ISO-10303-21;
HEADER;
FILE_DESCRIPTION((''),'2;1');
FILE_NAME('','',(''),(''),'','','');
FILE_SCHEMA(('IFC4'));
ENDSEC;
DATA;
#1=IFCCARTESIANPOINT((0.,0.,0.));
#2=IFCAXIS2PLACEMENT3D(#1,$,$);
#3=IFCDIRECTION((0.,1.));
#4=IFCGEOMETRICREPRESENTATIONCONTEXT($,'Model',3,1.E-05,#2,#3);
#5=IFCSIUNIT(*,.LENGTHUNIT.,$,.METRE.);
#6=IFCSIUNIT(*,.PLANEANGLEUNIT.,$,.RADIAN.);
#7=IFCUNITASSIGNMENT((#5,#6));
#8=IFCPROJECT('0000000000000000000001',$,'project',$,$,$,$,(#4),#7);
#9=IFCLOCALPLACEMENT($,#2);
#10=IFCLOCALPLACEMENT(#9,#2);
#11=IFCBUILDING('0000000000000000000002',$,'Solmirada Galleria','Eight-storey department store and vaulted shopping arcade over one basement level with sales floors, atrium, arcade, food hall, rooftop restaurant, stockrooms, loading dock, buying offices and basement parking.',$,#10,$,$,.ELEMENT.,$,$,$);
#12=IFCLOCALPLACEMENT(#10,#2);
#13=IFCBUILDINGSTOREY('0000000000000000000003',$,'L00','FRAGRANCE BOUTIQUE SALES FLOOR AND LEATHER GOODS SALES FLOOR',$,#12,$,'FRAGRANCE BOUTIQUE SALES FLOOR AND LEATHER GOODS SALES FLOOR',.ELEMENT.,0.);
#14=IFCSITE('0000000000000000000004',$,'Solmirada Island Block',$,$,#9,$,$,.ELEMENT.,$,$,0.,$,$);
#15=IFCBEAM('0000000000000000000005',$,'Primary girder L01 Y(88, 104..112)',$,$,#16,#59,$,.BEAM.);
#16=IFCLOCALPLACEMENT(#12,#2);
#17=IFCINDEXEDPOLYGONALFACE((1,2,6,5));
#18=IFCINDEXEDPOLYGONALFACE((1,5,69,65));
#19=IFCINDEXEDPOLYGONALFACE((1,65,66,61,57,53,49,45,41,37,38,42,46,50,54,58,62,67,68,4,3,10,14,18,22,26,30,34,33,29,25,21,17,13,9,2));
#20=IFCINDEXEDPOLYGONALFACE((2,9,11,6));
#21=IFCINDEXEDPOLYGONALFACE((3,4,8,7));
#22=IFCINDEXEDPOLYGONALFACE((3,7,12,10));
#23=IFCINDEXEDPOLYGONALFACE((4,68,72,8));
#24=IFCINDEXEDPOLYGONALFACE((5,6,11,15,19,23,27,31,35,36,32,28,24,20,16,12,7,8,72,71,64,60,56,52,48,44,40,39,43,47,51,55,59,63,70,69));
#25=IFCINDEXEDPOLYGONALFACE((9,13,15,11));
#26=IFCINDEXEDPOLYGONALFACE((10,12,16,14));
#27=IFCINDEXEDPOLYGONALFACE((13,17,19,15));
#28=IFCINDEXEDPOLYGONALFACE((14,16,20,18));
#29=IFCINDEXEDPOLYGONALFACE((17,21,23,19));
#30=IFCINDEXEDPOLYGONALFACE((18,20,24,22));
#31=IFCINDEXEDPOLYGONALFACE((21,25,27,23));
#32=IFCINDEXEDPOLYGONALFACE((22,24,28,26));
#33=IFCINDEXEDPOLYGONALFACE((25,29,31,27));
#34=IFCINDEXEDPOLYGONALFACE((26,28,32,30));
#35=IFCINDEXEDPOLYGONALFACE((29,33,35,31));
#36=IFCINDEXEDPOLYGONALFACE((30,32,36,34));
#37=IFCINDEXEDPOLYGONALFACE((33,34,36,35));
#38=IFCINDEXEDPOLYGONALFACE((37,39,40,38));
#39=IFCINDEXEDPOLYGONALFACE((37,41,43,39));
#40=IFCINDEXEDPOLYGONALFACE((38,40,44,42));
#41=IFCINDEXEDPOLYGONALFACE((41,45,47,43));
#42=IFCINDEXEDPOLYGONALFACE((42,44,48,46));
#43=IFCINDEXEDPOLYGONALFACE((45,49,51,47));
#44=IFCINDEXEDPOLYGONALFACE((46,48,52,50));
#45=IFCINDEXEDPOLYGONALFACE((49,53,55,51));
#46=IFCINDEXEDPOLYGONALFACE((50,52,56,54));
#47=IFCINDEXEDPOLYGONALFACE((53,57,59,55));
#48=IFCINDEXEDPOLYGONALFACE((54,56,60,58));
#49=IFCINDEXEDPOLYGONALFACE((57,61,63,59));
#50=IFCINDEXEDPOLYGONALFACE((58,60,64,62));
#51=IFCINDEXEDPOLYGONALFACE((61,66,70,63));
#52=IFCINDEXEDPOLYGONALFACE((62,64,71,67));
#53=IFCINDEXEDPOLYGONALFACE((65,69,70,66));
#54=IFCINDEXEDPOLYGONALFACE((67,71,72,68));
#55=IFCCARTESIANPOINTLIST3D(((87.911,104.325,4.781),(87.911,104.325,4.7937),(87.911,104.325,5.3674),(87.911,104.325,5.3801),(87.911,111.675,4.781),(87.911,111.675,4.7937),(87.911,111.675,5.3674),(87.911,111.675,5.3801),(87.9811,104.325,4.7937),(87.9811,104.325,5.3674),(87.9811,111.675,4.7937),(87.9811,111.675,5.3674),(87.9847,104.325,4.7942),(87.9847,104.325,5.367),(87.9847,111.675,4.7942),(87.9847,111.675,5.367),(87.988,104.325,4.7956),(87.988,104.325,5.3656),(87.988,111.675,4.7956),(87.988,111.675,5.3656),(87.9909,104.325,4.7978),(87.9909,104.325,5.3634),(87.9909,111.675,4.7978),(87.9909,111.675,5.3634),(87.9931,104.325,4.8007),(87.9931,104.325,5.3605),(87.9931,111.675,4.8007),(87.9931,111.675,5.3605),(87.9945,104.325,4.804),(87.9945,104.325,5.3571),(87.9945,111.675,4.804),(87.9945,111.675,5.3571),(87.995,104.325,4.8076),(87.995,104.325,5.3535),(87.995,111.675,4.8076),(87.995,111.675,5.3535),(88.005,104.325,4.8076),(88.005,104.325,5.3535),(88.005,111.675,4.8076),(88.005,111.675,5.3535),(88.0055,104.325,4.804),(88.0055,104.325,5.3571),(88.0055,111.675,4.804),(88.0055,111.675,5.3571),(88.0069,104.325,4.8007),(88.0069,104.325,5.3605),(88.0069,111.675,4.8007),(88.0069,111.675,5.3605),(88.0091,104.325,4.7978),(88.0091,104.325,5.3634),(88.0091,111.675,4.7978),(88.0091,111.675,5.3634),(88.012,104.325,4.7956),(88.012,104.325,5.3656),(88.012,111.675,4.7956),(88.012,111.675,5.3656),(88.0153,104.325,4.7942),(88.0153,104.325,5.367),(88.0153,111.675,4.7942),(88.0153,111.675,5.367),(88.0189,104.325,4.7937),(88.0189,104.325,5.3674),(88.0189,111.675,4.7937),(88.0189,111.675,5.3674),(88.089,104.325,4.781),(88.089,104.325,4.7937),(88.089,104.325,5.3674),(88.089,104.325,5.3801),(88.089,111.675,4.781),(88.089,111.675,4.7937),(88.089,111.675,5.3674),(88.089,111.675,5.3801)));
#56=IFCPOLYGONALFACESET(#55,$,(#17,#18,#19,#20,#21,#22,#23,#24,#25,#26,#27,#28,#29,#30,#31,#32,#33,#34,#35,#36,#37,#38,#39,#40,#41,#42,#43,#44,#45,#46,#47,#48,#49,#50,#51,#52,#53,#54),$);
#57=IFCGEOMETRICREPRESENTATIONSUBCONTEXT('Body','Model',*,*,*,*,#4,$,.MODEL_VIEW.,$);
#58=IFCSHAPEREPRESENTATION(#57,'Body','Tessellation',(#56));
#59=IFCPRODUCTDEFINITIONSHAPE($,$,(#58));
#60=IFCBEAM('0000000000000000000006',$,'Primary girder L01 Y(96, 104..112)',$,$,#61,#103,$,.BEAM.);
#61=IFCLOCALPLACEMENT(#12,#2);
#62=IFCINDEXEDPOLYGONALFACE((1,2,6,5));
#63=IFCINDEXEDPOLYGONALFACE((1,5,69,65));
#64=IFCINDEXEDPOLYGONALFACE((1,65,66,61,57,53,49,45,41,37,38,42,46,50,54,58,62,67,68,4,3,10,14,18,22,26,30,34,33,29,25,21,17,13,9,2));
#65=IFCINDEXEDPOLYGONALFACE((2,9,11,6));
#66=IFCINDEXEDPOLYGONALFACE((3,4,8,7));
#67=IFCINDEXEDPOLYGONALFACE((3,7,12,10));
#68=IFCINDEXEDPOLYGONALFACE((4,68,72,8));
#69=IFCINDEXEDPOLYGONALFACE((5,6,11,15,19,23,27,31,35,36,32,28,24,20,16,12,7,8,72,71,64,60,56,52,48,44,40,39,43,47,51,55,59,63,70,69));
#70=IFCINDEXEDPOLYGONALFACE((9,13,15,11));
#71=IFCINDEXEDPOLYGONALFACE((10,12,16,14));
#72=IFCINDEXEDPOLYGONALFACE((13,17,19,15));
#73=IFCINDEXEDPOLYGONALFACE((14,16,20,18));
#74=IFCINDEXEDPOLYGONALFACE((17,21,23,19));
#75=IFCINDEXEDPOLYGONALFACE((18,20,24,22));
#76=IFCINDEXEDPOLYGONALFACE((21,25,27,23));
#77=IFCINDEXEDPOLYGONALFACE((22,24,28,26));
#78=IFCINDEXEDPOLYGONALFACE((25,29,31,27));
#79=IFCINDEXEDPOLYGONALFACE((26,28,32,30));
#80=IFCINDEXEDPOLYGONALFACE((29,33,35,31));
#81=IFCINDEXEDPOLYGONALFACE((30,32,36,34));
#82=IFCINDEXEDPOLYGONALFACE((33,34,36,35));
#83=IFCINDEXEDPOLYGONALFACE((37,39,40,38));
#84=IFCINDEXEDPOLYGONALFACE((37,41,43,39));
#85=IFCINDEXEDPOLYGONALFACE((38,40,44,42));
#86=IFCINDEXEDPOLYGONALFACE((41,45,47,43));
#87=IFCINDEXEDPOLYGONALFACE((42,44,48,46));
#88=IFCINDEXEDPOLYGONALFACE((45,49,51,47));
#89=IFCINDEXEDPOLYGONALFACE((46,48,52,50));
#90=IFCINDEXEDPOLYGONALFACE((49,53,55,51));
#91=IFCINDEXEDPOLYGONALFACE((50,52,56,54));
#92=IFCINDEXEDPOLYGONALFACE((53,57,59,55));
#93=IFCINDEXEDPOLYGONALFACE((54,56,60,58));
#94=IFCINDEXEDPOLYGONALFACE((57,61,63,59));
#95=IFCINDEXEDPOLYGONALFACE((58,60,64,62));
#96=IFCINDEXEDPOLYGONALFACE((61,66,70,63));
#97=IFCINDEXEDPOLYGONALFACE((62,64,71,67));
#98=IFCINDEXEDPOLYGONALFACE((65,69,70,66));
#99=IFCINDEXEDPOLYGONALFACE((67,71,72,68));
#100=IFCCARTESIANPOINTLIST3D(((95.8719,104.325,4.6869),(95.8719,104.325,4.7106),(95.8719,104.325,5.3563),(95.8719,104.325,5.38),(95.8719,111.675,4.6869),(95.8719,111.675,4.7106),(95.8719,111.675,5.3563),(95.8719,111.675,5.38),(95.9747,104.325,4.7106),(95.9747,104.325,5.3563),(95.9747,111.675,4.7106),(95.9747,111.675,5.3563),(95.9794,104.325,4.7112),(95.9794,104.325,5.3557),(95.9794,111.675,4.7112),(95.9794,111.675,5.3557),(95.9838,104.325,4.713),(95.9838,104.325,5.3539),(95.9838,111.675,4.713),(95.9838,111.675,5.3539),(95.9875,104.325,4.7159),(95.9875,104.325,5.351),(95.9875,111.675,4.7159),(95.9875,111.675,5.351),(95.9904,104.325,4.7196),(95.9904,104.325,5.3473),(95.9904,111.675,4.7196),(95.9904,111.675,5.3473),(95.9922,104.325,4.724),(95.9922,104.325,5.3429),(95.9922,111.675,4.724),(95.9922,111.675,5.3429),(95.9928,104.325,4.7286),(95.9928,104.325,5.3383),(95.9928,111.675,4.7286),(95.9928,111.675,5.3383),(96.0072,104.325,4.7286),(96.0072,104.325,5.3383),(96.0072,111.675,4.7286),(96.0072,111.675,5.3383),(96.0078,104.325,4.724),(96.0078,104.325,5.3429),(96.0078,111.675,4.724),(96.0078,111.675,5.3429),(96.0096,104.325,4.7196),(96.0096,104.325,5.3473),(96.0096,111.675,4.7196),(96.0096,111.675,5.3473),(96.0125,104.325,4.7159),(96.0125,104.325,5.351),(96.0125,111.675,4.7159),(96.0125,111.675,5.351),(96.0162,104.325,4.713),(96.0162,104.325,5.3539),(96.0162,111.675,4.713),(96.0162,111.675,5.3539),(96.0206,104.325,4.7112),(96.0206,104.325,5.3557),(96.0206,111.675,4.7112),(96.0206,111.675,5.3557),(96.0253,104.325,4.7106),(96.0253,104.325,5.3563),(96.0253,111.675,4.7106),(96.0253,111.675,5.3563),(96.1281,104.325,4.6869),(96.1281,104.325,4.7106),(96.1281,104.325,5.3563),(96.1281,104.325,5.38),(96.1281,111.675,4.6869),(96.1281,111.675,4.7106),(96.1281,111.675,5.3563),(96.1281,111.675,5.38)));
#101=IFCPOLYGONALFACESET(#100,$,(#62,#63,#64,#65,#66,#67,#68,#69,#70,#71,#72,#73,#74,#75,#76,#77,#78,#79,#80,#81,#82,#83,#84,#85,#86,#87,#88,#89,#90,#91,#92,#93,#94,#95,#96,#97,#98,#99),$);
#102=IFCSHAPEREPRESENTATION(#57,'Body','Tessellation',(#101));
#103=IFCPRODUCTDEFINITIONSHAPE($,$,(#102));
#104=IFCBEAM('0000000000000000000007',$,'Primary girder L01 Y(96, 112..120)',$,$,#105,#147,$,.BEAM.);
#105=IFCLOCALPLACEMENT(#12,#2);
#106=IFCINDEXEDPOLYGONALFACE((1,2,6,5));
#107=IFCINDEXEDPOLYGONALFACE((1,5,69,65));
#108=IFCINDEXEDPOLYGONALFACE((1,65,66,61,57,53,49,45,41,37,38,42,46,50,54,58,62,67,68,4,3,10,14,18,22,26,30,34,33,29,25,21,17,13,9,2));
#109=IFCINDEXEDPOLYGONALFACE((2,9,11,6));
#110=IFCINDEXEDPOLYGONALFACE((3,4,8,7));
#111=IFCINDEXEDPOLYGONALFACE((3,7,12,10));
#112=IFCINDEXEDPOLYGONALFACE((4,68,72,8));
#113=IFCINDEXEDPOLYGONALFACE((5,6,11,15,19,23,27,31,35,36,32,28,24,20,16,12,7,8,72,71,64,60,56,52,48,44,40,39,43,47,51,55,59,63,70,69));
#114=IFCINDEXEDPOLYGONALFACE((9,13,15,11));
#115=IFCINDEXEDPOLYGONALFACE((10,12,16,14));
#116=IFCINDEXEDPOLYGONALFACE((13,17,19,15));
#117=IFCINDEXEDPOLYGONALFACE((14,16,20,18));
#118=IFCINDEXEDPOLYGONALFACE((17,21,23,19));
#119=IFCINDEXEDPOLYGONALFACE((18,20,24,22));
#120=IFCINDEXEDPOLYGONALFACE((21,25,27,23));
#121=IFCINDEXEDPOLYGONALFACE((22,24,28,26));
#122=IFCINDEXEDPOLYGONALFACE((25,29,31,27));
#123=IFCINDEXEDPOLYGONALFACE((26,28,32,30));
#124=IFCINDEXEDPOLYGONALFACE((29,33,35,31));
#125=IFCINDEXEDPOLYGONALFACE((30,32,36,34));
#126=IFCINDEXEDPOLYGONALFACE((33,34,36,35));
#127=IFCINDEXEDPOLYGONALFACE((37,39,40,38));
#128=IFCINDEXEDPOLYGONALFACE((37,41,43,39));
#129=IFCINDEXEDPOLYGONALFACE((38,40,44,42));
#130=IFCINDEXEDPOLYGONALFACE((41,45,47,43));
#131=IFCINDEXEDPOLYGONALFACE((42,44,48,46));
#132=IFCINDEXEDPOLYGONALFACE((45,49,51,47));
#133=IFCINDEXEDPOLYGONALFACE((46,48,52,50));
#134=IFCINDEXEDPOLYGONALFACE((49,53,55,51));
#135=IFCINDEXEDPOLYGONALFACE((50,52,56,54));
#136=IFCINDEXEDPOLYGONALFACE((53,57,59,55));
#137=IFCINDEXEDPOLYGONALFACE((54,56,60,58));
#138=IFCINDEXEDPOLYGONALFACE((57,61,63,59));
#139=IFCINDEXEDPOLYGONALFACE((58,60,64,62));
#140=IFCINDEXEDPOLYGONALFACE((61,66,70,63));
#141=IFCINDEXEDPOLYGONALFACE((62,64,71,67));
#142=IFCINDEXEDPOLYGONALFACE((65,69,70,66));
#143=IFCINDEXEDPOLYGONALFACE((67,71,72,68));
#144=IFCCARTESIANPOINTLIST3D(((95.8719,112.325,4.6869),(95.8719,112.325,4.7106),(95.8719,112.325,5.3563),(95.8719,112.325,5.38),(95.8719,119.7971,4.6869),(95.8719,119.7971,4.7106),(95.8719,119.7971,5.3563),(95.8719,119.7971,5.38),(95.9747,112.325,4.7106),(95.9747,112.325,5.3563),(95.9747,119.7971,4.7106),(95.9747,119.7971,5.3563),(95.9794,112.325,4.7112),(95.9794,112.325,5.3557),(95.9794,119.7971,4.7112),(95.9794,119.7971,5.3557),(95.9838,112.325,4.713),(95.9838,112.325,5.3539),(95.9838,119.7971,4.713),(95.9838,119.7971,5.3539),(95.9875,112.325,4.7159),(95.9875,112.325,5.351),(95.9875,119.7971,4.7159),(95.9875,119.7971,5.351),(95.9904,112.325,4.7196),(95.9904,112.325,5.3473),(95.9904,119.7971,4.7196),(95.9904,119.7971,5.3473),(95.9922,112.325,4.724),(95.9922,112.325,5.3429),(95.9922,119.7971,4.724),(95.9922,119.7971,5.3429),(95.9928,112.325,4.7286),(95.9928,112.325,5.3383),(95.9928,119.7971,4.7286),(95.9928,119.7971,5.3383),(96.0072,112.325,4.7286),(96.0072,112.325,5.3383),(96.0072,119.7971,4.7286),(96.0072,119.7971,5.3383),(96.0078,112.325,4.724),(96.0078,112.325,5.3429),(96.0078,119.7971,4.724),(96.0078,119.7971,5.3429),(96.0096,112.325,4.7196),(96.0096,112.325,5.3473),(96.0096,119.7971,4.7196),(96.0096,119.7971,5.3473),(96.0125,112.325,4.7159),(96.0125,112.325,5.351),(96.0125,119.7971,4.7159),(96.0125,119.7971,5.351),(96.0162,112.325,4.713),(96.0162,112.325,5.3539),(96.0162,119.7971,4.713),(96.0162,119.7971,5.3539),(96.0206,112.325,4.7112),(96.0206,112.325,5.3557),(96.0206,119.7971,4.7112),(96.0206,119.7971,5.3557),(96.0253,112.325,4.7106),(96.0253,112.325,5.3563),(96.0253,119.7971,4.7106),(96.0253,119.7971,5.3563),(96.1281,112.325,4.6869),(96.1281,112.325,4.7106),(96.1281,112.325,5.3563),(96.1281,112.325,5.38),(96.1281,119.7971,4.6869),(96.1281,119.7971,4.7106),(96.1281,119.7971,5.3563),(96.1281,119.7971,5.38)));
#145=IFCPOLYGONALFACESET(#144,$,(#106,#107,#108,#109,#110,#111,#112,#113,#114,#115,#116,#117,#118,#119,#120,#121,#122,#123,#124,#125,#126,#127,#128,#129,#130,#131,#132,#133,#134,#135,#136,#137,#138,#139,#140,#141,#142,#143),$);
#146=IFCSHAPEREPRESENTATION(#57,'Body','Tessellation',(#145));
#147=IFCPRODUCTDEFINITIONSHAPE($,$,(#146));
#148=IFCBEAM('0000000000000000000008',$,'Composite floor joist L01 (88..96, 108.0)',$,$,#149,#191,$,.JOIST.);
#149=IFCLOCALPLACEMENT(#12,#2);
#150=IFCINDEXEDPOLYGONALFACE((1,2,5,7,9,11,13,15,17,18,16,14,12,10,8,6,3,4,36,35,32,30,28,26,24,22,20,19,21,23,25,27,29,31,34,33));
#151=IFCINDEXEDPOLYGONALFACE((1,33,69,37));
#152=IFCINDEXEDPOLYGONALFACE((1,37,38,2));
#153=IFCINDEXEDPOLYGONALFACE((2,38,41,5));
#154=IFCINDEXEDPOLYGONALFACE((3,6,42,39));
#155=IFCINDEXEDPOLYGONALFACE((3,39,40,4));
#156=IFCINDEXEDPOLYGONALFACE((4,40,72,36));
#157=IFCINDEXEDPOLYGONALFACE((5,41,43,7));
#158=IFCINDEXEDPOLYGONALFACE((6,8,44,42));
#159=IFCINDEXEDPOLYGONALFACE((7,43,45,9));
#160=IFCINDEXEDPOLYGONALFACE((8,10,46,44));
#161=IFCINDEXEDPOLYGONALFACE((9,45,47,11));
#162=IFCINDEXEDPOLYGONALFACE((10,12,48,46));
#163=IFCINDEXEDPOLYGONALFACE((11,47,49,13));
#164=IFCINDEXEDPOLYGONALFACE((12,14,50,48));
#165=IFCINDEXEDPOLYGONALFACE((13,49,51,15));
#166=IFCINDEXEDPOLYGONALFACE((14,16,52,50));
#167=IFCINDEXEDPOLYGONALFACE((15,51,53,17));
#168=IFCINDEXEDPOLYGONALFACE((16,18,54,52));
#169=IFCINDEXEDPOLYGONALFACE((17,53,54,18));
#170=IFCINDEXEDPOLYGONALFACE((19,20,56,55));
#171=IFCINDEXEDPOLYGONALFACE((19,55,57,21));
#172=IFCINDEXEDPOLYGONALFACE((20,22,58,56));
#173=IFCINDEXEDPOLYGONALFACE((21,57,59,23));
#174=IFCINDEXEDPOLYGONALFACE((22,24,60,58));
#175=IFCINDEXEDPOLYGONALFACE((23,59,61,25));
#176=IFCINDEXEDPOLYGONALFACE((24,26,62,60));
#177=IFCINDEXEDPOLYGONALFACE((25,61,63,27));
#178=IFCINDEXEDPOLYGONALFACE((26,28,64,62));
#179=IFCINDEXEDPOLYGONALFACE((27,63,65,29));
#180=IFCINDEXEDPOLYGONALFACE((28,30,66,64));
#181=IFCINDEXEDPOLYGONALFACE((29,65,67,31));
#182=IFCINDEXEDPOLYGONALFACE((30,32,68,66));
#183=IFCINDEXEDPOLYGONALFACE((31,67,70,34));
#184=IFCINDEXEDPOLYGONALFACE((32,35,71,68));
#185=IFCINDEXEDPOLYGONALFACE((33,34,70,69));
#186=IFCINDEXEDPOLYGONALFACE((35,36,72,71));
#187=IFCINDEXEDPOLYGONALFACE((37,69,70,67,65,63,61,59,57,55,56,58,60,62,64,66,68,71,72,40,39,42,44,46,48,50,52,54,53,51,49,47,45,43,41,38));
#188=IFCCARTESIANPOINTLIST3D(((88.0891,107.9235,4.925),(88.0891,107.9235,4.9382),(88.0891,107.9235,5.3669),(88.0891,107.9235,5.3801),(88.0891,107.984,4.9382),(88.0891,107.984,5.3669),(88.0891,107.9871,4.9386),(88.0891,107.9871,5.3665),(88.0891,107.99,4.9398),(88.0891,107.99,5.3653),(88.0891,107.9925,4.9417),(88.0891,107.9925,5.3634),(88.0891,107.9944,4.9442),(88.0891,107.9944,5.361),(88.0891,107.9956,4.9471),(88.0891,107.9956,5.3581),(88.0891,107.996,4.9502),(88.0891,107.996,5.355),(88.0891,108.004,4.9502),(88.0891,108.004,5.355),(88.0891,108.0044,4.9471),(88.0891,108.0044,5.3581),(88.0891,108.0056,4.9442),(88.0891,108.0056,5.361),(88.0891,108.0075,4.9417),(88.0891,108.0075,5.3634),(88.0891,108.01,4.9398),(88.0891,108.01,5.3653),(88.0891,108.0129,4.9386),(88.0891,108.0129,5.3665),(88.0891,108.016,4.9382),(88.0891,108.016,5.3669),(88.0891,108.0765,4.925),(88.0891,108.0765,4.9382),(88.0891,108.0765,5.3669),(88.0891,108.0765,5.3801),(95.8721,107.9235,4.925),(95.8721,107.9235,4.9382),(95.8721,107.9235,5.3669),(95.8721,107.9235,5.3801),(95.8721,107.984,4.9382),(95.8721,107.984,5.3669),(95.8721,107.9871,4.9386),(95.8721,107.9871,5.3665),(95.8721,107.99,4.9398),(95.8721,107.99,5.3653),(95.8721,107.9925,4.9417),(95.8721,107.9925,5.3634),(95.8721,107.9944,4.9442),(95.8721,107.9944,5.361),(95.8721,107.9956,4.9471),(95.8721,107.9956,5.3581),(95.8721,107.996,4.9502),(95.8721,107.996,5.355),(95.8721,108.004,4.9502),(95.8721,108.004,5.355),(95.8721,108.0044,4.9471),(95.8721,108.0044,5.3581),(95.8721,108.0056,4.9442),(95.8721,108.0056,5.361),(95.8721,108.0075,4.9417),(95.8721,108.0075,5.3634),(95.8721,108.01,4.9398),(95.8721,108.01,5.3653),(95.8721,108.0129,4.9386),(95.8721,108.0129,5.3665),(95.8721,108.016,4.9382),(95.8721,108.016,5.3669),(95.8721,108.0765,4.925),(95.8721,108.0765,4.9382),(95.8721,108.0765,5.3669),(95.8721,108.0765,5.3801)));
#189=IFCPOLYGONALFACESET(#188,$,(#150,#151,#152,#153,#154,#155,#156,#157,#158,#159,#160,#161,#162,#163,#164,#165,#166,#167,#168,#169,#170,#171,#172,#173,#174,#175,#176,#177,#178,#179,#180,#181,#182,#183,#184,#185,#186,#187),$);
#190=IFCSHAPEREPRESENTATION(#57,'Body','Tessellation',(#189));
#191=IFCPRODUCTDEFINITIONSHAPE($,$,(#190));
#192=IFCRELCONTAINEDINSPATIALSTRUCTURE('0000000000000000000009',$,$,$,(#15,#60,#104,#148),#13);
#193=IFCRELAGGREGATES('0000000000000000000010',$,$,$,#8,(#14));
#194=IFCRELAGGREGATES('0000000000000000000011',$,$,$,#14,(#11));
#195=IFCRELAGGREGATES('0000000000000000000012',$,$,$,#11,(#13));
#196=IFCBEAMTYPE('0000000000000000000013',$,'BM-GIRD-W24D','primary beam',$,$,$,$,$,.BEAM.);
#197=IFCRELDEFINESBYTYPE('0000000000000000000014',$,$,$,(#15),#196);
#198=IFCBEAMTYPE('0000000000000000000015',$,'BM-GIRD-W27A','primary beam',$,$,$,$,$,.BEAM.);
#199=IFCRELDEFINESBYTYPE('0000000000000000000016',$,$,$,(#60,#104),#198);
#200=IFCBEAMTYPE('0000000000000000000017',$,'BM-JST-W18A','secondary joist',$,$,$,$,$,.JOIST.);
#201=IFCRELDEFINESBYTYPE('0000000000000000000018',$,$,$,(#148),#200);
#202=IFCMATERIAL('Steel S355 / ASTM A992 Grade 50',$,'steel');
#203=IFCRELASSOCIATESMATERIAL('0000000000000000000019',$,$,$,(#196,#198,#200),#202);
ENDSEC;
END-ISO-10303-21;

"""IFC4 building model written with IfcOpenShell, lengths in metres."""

from ifc_helpers import new_model, si_unit, direction, frame, origin, origin_2d, place, context, subcontext, project, spatial, i_section, extrude, material, material_profile, profile_set, type_object, element, save


model = new_model("IFC4")

# Units and contexts
model_context = context("Model", 3, precision=1e-05, world=origin(), true_north=direction((0.0, 1.0)))
body_context = subcontext(model_context, "Body", "Model", "MODEL_VIEW")
ifc_project = project(units=[si_unit("LENGTHUNIT", "METRE"), si_unit("PLANEANGLEUNIT", "RADIAN")], contexts=[model_context])

# Site, building, storey
site_placement = place(None, origin())
site = spatial("IfcSite", under=ifc_project, at=site_placement, Name="Solmirada Island Block", CompositionType="ELEMENT", RefElevation=0.0)
building_placement = place(site_placement, origin())
building = spatial("IfcBuilding", under=site, at=building_placement, Name="Solmirada Galleria", Description="Eight-storey department store and vaulted shopping arcade over one basement level with sales floors, atrium, arcade, food hall, rooftop restaurant, stockrooms, loading dock, buying offices and basement parking.", CompositionType="ELEMENT")
storey_placement = place(building_placement, origin())
storey = spatial("IfcBuildingStorey", under=building, at=storey_placement, Name="L00", Description="FRAGRANCE BOUTIQUE SALES FLOOR AND LEATHER GOODS SALES FLOOR", LongName="FRAGRANCE BOUTIQUE SALES FLOOR AND LEATHER GOODS SALES FLOOR", CompositionType="ELEMENT", Elevation=0.0)

# Beams
ifc_material_1 = material(Name="Steel S355 / ASTM A992 Grade 50", Category="steel")
ifc_material_profile_1 = material_profile(ifc_material_1, i_section(OverallWidth=0.178, OverallDepth=0.5991, WebThickness=0.01, FlangeThickness=0.0127, FilletRadius=0.0139, at=origin_2d()), Name="W24X55")
ifc_profile_set_1 = profile_set([ifc_material_profile_1], Name="Steel S355 / ASTM A992 Grade 50")
beam_type_1 = type_object("IfcBeamType", Name="BM-GIRD-W24D", Description="primary beam", PredefinedType="BEAM", material=ifc_profile_set_1)
beam_1_placement = place(storey_placement, frame((88.0, 104.325, 5.0806), z_axis=(0.0, 1.0, 0.0), x_axis=(-1.0, 0.0, 0.0)))
element("IfcBeam", 1, at=beam_1_placement, inside=storey, type_object=beam_type_1, Name="Primary girder L01 Y(88, 104..112)", PredefinedType="BEAM", context=body_context, shape_type="SweptSolid", body=[
    extrude(i_section(OverallWidth=0.178, OverallDepth=0.5991, WebThickness=0.01, FlangeThickness=0.0127, FilletRadius=0.0139, at=origin_2d()), origin(), (0.0, 0.0, 1.0), 7.3501),
])
ifc_material_profile_2 = material_profile(ifc_material_1, i_section(OverallWidth=0.2561, OverallDepth=0.6931, WebThickness=0.0144, FlangeThickness=0.0237, FilletRadius=0.0181, at=origin_2d()), Name="W27X114")
ifc_profile_set_2 = profile_set([ifc_material_profile_2], Name="Steel S355 / ASTM A992 Grade 50")
beam_type_2 = type_object("IfcBeamType", Name="BM-GIRD-W27A", Description="primary beam", PredefinedType="BEAM", material=ifc_profile_set_2)
beam_2_placement = place(storey_placement, frame((96.0, 104.325, 5.0334), z_axis=(0.0, 1.0, 0.0), x_axis=(-1.0, 0.0, 0.0)))
element("IfcBeam", 2, at=beam_2_placement, inside=storey, type_object=beam_type_2, Name="Primary girder L01 Y(96, 104..112)", PredefinedType="BEAM", context=body_context, shape_type="SweptSolid", body=[
    extrude(i_section(OverallWidth=0.2561, OverallDepth=0.6931, WebThickness=0.0144, FlangeThickness=0.0237, FilletRadius=0.0181, at=origin_2d()), origin(), (0.0, 0.0, 1.0), 7.3501),
])
beam_3_placement = place(storey_placement, frame((96.0, 112.325, 5.0334), z_axis=(0.0, 1.0, 0.0), x_axis=(-1.0, 0.0, 0.0)))
element("IfcBeam", 3, at=beam_3_placement, inside=storey, type_object=beam_type_2, Name="Primary girder L01 Y(96, 112..120)", PredefinedType="BEAM", context=body_context, shape_type="SweptSolid", body=[
    extrude(i_section(OverallWidth=0.2561, OverallDepth=0.6931, WebThickness=0.0144, FlangeThickness=0.0237, FilletRadius=0.0181, at=origin_2d()), origin(), (0.0, 0.0, 1.0), 7.4722),
])
ifc_material_profile_3 = material_profile(ifc_material_1, i_section(OverallWidth=0.1531, OverallDepth=0.4551, WebThickness=0.0081, FlangeThickness=0.0132, FilletRadius=0.012, at=origin_2d()), Name="W18X40")
ifc_profile_set_3 = profile_set([ifc_material_profile_3], Name="Steel S355 / ASTM A992 Grade 50")
beam_type_3 = type_object("IfcBeamType", Name="BM-JST-W18A", Description="secondary joist", PredefinedType="JOIST", material=ifc_profile_set_3)
beam_4_placement = place(storey_placement, frame((88.0891, 108.0, 5.1526), z_axis=(1.0, 0.0, 0.0), x_axis=(0.0, 1.0, 0.0)))
element("IfcBeam", 4, at=beam_4_placement, inside=storey, type_object=beam_type_3, Name="Composite floor joist L01 (88..96, 108.0)", PredefinedType="JOIST", context=body_context, shape_type="SweptSolid", body=[
    extrude(i_section(OverallWidth=0.1531, OverallDepth=0.4551, WebThickness=0.0081, FlangeThickness=0.0132, FilletRadius=0.012, at=origin_2d()), origin(), (0.0, 0.0, 1.0), 7.783),
])

save(model, "model.ifc")
